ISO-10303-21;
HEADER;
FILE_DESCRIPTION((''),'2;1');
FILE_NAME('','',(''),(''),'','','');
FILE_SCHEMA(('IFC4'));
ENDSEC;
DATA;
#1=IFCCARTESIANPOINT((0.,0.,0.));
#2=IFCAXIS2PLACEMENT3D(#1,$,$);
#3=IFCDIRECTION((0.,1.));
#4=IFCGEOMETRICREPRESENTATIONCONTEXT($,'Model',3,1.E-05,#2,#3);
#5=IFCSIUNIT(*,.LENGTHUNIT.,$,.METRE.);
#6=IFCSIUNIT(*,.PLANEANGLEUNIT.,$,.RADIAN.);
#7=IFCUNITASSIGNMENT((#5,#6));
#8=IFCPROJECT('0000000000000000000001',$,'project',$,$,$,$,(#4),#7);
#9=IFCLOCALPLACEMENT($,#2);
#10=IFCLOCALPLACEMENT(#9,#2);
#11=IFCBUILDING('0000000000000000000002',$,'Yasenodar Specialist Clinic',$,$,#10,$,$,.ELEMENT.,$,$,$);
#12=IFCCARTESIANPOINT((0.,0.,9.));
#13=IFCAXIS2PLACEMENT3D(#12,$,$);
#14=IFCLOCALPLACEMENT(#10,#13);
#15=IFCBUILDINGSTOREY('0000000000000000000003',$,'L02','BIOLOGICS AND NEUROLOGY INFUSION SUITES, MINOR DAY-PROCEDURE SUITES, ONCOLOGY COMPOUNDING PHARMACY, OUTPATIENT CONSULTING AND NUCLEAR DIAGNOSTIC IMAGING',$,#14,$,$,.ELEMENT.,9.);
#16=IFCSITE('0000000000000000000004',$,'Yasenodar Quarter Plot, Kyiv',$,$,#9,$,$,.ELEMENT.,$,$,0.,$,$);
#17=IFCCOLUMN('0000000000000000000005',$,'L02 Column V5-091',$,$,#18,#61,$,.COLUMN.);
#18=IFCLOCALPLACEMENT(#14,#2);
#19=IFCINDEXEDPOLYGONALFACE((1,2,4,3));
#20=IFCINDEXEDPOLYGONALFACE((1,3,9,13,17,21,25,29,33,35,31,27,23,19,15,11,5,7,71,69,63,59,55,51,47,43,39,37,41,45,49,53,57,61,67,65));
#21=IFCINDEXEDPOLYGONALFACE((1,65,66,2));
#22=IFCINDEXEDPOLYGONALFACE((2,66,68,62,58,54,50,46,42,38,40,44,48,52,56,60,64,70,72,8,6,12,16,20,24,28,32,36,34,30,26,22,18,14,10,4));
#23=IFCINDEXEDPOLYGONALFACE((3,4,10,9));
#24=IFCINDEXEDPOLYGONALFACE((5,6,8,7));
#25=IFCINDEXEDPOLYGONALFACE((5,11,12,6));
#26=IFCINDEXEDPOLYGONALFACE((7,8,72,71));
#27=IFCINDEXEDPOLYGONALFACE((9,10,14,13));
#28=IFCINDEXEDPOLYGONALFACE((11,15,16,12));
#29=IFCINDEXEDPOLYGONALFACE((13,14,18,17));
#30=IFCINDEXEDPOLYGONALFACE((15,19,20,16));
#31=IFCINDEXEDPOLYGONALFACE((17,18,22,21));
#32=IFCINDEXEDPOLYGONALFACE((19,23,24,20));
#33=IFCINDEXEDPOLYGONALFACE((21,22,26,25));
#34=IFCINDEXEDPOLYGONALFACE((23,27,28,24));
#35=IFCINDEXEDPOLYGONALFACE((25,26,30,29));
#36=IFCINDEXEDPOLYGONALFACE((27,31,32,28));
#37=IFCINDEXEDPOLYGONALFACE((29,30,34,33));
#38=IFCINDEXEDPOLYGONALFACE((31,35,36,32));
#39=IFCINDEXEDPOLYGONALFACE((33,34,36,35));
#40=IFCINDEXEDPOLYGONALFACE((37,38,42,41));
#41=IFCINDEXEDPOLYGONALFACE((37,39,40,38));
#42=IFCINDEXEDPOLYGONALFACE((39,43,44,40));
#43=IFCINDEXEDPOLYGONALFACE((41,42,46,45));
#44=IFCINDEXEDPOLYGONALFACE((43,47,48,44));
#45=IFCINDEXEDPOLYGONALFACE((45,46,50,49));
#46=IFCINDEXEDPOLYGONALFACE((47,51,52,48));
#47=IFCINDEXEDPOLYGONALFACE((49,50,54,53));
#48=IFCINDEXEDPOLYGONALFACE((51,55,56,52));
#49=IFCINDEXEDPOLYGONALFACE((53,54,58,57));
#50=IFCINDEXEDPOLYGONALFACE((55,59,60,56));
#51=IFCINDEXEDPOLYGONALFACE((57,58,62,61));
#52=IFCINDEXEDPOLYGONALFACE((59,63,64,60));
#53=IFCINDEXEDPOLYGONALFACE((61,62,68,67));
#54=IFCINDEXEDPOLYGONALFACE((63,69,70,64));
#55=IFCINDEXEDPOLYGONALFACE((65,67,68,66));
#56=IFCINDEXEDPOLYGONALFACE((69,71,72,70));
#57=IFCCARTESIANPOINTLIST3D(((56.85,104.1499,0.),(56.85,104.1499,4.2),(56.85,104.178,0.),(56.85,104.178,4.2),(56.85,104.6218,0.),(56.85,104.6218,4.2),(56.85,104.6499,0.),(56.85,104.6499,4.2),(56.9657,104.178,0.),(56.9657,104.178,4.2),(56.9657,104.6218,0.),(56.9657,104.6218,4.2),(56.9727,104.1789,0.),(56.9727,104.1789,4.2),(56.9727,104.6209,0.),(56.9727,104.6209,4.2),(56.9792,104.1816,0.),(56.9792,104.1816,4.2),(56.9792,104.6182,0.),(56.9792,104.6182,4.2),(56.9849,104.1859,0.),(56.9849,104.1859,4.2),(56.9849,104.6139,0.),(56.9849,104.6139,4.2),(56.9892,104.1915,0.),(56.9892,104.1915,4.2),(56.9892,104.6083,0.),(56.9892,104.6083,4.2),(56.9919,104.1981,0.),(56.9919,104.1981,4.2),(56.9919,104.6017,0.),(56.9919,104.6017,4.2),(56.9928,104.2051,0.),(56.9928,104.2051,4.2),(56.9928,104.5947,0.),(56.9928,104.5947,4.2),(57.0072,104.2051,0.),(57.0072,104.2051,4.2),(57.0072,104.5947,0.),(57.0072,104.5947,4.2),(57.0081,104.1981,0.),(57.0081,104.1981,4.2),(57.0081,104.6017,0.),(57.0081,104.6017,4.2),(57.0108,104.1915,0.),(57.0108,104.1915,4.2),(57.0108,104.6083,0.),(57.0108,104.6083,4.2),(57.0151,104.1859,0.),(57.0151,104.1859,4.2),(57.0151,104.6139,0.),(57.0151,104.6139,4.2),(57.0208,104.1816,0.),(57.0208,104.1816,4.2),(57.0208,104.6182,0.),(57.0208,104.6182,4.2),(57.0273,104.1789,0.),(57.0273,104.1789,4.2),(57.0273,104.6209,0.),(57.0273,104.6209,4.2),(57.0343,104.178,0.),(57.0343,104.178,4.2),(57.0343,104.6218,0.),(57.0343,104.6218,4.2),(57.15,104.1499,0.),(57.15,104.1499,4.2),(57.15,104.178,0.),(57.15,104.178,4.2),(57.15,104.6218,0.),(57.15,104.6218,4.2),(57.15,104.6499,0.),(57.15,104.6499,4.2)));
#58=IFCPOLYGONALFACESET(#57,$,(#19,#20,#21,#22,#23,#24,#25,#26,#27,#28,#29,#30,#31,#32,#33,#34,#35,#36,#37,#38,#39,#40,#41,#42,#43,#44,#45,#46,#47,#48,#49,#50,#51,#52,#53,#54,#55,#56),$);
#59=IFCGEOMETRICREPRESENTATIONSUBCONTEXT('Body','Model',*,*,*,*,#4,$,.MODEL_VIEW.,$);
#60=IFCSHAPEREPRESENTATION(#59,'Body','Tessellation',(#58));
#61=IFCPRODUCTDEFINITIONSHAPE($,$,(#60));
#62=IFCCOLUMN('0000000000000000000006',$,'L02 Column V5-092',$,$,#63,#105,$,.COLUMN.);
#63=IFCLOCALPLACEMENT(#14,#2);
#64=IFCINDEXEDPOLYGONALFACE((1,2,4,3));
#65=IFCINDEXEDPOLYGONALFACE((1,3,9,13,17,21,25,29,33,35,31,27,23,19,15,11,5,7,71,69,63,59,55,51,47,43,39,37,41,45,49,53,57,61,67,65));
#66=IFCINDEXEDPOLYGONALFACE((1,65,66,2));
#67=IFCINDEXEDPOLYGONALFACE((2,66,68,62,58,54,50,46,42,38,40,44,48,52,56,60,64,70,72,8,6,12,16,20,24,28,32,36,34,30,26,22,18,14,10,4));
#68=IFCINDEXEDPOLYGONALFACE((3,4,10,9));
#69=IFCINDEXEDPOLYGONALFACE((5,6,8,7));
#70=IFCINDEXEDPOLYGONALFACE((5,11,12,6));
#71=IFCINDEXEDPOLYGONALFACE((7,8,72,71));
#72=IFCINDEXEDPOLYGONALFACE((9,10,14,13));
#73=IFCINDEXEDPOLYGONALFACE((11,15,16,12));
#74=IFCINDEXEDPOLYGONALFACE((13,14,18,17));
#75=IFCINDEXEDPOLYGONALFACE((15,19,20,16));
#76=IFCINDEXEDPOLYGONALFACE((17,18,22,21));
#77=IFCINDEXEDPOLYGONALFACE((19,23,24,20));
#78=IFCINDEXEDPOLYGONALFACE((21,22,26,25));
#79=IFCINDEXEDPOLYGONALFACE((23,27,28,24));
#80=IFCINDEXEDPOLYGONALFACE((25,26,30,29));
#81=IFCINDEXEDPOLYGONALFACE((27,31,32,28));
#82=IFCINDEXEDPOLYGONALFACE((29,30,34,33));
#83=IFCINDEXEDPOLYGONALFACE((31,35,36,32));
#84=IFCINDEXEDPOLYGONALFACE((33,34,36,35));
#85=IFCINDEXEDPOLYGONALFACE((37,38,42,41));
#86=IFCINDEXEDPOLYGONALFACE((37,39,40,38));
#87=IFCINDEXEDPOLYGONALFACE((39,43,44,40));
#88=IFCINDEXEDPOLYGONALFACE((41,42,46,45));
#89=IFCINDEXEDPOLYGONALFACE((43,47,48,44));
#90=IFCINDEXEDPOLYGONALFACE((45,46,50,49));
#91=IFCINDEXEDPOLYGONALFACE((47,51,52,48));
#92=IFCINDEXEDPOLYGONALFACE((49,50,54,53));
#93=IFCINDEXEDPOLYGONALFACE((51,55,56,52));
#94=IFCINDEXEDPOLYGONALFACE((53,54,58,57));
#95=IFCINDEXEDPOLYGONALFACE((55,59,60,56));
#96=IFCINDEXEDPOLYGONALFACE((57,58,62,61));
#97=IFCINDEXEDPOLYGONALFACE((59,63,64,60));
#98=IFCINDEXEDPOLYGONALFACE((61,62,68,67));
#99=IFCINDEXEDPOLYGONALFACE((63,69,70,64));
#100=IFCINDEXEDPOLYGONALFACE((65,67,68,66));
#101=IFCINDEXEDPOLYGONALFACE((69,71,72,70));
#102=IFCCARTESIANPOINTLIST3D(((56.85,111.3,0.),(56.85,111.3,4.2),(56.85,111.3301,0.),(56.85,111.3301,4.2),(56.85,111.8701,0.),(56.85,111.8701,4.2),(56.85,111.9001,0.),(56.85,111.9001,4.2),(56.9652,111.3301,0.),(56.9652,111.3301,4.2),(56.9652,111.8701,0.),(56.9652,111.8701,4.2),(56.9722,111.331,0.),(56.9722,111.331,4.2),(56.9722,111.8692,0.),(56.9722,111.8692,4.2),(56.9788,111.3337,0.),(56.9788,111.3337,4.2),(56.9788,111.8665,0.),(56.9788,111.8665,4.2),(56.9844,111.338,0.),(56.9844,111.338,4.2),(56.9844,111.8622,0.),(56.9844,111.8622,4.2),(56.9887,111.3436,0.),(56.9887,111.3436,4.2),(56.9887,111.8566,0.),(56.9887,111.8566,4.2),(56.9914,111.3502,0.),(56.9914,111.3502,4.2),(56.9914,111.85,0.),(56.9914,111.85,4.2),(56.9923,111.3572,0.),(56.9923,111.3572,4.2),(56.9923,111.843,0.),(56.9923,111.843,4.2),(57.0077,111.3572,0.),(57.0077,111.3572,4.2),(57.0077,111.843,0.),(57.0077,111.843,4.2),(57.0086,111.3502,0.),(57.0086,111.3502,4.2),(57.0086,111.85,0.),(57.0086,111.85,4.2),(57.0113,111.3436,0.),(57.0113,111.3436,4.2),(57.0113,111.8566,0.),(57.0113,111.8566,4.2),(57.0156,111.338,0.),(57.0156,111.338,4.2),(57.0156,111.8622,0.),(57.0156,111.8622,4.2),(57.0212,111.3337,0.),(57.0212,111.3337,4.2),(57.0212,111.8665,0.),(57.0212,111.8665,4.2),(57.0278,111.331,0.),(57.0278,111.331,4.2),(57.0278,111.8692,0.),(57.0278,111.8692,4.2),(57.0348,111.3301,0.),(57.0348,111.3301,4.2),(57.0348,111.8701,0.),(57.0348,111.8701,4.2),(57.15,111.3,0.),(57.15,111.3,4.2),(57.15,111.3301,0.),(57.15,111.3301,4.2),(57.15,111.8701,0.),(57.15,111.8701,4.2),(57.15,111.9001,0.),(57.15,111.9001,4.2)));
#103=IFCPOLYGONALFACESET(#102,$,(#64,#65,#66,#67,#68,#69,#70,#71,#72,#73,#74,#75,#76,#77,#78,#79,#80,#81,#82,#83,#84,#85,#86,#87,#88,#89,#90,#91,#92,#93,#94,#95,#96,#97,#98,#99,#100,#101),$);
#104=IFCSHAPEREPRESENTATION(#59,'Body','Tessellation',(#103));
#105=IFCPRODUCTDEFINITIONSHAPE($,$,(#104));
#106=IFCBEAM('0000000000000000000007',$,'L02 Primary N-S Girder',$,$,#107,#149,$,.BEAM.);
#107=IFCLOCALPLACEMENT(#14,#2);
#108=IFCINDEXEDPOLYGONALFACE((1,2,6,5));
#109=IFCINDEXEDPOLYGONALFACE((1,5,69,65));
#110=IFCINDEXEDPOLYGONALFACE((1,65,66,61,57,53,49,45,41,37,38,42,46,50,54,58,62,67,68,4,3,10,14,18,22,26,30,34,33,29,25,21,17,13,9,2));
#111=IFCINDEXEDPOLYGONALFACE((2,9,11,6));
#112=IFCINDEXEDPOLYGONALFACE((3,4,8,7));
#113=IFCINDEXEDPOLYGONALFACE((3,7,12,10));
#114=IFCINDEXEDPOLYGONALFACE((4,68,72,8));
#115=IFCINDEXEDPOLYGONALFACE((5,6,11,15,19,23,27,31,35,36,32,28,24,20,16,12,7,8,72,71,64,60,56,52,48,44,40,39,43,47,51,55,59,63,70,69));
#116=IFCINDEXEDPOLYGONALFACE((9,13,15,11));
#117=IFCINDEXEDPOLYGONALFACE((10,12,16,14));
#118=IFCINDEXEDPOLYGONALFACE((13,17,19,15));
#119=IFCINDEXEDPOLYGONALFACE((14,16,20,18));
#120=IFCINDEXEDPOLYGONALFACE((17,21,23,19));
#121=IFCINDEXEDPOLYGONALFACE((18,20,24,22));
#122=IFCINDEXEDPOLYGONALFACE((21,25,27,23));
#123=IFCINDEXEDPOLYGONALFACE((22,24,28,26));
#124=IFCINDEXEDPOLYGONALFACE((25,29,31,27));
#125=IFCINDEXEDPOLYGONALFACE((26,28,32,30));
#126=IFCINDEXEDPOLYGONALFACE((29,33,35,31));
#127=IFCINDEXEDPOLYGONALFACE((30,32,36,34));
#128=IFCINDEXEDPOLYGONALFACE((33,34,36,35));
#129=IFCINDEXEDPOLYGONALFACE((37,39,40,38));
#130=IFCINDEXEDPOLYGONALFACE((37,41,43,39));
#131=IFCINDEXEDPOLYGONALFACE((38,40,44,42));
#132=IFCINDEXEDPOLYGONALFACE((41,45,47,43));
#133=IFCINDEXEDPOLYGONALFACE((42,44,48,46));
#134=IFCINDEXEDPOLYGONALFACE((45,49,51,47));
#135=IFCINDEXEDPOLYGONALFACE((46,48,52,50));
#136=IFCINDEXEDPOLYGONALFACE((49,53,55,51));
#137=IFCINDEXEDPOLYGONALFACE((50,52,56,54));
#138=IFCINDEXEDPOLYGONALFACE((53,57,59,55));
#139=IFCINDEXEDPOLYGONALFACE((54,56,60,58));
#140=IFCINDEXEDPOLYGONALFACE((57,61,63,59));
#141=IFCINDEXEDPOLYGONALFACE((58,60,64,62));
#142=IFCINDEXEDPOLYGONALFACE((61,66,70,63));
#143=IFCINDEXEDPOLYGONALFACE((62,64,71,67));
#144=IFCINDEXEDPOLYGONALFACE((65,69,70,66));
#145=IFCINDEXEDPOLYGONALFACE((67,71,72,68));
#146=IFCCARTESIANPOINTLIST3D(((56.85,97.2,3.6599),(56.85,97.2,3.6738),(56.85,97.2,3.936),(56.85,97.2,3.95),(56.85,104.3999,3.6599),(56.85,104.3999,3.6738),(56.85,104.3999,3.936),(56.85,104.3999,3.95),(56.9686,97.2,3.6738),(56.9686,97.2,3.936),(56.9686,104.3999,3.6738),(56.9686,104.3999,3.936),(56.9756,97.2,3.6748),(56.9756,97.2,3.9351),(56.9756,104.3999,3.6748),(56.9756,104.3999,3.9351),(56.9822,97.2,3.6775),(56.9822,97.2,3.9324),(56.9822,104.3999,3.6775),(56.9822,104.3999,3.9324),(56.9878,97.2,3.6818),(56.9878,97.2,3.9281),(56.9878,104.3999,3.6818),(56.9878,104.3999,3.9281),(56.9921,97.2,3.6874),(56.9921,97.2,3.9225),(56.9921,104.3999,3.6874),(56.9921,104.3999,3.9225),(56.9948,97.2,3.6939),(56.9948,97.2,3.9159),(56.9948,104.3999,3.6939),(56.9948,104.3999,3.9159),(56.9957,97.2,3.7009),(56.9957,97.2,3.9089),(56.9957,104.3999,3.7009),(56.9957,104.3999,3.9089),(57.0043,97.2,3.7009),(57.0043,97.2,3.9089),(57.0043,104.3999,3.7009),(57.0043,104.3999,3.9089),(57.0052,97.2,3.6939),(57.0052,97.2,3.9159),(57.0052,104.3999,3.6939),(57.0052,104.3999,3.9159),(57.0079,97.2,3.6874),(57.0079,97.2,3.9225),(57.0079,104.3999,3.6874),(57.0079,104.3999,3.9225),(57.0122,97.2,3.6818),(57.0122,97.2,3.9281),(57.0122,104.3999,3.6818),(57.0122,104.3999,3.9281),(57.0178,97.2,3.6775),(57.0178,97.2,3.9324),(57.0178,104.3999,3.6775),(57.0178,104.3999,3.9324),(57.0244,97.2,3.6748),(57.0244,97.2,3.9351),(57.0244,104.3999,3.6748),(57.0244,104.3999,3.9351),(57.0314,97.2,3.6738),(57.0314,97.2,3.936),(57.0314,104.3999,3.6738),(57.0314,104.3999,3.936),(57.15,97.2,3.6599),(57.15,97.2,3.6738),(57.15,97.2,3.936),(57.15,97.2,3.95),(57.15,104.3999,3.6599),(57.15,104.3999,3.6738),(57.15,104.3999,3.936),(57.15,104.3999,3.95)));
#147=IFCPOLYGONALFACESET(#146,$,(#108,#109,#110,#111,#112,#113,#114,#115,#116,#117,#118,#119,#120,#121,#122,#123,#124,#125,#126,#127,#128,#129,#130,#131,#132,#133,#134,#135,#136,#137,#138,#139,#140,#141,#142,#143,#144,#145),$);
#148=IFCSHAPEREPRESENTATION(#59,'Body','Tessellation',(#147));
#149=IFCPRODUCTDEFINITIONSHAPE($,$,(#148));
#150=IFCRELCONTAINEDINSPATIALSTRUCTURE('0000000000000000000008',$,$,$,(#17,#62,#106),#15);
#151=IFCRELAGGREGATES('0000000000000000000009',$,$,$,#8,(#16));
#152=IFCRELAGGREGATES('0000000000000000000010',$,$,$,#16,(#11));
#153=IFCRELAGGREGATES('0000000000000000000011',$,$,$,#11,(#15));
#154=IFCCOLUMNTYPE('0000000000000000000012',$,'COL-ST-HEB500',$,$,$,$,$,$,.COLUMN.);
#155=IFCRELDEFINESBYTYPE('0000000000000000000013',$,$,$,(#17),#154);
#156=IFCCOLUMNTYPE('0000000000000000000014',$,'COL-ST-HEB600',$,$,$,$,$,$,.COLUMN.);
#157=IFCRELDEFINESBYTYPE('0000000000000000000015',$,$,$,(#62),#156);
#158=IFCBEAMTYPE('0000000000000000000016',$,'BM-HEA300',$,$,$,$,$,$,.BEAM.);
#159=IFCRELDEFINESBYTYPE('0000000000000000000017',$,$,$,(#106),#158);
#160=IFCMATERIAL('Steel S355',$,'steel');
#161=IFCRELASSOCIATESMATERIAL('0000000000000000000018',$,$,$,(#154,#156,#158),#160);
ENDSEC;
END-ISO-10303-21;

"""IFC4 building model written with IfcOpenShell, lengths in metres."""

from ifc_helpers import new_model, si_unit, direction, frame, origin, origin_2d, place, context, subcontext, project, spatial, i_section, extrude, material, material_profile, profile_set, type_object, element, save


model = new_model("IFC4")

# Units and contexts
model_context = context("Model", 3, precision=1e-05, world=origin(), true_north=direction((0.0, 1.0)))
body_context = subcontext(model_context, "Body", "Model", "MODEL_VIEW")
ifc_project = project(units=[si_unit("LENGTHUNIT", "METRE"), si_unit("PLANEANGLEUNIT", "RADIAN")], contexts=[model_context])

# Site, building, storey
site_placement = place(None, origin())
site = spatial("IfcSite", under=ifc_project, at=site_placement, Name="Yasenodar Quarter Plot, Kyiv", CompositionType="ELEMENT", RefElevation=0.0)
building_placement = place(site_placement, origin())
building = spatial("IfcBuilding", under=site, at=building_placement, Name="Yasenodar Specialist Clinic", CompositionType="ELEMENT")
storey_placement = place(building_placement, frame((0.0, 0.0, 9.0)))
storey = spatial("IfcBuildingStorey", under=building, at=storey_placement, Name="L02", Description="BIOLOGICS AND NEUROLOGY INFUSION SUITES, MINOR DAY-PROCEDURE SUITES, ONCOLOGY COMPOUNDING PHARMACY, OUTPATIENT CONSULTING AND NUCLEAR DIAGNOSTIC IMAGING", CompositionType="ELEMENT", Elevation=9.0)

# Columns
ifc_material_1 = material(Name="Steel S355", Category="steel")
ifc_material_profile_1 = material_profile(ifc_material_1, i_section(OverallWidth=0.3, OverallDepth=0.5, WebThickness=0.0144, FlangeThickness=0.0281, FilletRadius=0.0271, at=origin_2d()), Name="HEB 500")
ifc_profile_set_1 = profile_set([ifc_material_profile_1], Name="Steel S355")
column_type_1 = type_object("IfcColumnType", Name="COL-ST-HEB500", PredefinedType="COLUMN", material=ifc_profile_set_1)
column_1_placement = place(storey_placement, frame((57.0, 104.3999, 0.0), z_axis=(0.0, 0.0, 1.0), x_axis=(1.0, 0.0, 0.0)))
element("IfcColumn", 1, at=column_1_placement, inside=storey, type_object=column_type_1, Name="L02 Column V5-091", PredefinedType="COLUMN", context=body_context, shape_type="SweptSolid", body=[
    extrude(i_section(OverallWidth=0.3, OverallDepth=0.5, WebThickness=0.0144, FlangeThickness=0.0281, FilletRadius=0.0271, at=origin_2d()), origin(), (0.0, 0.0, 1.0), 4.2),
])
ifc_material_profile_2 = material_profile(ifc_material_1, i_section(OverallWidth=0.3, OverallDepth=0.6001, WebThickness=0.0154, FlangeThickness=0.03, FilletRadius=0.0271, at=origin_2d()), Name="HEB 600")
ifc_profile_set_2 = profile_set([ifc_material_profile_2], Name="Steel S355")
column_type_2 = type_object("IfcColumnType", Name="COL-ST-HEB600", PredefinedType="COLUMN", material=ifc_profile_set_2)
column_2_placement = place(storey_placement, frame((57.0, 111.6001, 0.0), z_axis=(0.0, 0.0, 1.0), x_axis=(1.0, 0.0, 0.0)))
element("IfcColumn", 2, at=column_2_placement, inside=storey, type_object=column_type_2, Name="L02 Column V5-092", PredefinedType="COLUMN", context=body_context, shape_type="SweptSolid", body=[
    extrude(i_section(OverallWidth=0.3, OverallDepth=0.6001, WebThickness=0.0154, FlangeThickness=0.03, FilletRadius=0.0271, at=origin_2d()), origin(), (0.0, 0.0, 1.0), 4.2),
])

# Beam
ifc_material_profile_3 = material_profile(ifc_material_1, i_section(OverallWidth=0.3, OverallDepth=0.29, WebThickness=0.0085, FlangeThickness=0.0139, FilletRadius=0.0271, at=origin_2d()), Name="HEA 300")
ifc_profile_set_3 = profile_set([ifc_material_profile_3], Name="Steel S355")
beam_type_1 = type_object("IfcBeamType", Name="BM-HEA300", PredefinedType="BEAM", material=ifc_profile_set_3)
beam_1_placement = place(storey_placement, frame((57.0, 97.2, 3.8049), z_axis=(0.0, 1.0, 0.0), x_axis=(-1.0, 0.0, 0.0)))
element("IfcBeam", 3, at=beam_1_placement, inside=storey, type_object=beam_type_1, Name="L02 Primary N-S Girder", PredefinedType="BEAM", context=body_context, shape_type="SweptSolid", body=[
    extrude(i_section(OverallWidth=0.3, OverallDepth=0.29, WebThickness=0.0085, FlangeThickness=0.0139, FilletRadius=0.0271, at=origin_2d()), origin(), (0.0, 0.0, 1.0), 7.2),
])

save(model, "model.ifc")
